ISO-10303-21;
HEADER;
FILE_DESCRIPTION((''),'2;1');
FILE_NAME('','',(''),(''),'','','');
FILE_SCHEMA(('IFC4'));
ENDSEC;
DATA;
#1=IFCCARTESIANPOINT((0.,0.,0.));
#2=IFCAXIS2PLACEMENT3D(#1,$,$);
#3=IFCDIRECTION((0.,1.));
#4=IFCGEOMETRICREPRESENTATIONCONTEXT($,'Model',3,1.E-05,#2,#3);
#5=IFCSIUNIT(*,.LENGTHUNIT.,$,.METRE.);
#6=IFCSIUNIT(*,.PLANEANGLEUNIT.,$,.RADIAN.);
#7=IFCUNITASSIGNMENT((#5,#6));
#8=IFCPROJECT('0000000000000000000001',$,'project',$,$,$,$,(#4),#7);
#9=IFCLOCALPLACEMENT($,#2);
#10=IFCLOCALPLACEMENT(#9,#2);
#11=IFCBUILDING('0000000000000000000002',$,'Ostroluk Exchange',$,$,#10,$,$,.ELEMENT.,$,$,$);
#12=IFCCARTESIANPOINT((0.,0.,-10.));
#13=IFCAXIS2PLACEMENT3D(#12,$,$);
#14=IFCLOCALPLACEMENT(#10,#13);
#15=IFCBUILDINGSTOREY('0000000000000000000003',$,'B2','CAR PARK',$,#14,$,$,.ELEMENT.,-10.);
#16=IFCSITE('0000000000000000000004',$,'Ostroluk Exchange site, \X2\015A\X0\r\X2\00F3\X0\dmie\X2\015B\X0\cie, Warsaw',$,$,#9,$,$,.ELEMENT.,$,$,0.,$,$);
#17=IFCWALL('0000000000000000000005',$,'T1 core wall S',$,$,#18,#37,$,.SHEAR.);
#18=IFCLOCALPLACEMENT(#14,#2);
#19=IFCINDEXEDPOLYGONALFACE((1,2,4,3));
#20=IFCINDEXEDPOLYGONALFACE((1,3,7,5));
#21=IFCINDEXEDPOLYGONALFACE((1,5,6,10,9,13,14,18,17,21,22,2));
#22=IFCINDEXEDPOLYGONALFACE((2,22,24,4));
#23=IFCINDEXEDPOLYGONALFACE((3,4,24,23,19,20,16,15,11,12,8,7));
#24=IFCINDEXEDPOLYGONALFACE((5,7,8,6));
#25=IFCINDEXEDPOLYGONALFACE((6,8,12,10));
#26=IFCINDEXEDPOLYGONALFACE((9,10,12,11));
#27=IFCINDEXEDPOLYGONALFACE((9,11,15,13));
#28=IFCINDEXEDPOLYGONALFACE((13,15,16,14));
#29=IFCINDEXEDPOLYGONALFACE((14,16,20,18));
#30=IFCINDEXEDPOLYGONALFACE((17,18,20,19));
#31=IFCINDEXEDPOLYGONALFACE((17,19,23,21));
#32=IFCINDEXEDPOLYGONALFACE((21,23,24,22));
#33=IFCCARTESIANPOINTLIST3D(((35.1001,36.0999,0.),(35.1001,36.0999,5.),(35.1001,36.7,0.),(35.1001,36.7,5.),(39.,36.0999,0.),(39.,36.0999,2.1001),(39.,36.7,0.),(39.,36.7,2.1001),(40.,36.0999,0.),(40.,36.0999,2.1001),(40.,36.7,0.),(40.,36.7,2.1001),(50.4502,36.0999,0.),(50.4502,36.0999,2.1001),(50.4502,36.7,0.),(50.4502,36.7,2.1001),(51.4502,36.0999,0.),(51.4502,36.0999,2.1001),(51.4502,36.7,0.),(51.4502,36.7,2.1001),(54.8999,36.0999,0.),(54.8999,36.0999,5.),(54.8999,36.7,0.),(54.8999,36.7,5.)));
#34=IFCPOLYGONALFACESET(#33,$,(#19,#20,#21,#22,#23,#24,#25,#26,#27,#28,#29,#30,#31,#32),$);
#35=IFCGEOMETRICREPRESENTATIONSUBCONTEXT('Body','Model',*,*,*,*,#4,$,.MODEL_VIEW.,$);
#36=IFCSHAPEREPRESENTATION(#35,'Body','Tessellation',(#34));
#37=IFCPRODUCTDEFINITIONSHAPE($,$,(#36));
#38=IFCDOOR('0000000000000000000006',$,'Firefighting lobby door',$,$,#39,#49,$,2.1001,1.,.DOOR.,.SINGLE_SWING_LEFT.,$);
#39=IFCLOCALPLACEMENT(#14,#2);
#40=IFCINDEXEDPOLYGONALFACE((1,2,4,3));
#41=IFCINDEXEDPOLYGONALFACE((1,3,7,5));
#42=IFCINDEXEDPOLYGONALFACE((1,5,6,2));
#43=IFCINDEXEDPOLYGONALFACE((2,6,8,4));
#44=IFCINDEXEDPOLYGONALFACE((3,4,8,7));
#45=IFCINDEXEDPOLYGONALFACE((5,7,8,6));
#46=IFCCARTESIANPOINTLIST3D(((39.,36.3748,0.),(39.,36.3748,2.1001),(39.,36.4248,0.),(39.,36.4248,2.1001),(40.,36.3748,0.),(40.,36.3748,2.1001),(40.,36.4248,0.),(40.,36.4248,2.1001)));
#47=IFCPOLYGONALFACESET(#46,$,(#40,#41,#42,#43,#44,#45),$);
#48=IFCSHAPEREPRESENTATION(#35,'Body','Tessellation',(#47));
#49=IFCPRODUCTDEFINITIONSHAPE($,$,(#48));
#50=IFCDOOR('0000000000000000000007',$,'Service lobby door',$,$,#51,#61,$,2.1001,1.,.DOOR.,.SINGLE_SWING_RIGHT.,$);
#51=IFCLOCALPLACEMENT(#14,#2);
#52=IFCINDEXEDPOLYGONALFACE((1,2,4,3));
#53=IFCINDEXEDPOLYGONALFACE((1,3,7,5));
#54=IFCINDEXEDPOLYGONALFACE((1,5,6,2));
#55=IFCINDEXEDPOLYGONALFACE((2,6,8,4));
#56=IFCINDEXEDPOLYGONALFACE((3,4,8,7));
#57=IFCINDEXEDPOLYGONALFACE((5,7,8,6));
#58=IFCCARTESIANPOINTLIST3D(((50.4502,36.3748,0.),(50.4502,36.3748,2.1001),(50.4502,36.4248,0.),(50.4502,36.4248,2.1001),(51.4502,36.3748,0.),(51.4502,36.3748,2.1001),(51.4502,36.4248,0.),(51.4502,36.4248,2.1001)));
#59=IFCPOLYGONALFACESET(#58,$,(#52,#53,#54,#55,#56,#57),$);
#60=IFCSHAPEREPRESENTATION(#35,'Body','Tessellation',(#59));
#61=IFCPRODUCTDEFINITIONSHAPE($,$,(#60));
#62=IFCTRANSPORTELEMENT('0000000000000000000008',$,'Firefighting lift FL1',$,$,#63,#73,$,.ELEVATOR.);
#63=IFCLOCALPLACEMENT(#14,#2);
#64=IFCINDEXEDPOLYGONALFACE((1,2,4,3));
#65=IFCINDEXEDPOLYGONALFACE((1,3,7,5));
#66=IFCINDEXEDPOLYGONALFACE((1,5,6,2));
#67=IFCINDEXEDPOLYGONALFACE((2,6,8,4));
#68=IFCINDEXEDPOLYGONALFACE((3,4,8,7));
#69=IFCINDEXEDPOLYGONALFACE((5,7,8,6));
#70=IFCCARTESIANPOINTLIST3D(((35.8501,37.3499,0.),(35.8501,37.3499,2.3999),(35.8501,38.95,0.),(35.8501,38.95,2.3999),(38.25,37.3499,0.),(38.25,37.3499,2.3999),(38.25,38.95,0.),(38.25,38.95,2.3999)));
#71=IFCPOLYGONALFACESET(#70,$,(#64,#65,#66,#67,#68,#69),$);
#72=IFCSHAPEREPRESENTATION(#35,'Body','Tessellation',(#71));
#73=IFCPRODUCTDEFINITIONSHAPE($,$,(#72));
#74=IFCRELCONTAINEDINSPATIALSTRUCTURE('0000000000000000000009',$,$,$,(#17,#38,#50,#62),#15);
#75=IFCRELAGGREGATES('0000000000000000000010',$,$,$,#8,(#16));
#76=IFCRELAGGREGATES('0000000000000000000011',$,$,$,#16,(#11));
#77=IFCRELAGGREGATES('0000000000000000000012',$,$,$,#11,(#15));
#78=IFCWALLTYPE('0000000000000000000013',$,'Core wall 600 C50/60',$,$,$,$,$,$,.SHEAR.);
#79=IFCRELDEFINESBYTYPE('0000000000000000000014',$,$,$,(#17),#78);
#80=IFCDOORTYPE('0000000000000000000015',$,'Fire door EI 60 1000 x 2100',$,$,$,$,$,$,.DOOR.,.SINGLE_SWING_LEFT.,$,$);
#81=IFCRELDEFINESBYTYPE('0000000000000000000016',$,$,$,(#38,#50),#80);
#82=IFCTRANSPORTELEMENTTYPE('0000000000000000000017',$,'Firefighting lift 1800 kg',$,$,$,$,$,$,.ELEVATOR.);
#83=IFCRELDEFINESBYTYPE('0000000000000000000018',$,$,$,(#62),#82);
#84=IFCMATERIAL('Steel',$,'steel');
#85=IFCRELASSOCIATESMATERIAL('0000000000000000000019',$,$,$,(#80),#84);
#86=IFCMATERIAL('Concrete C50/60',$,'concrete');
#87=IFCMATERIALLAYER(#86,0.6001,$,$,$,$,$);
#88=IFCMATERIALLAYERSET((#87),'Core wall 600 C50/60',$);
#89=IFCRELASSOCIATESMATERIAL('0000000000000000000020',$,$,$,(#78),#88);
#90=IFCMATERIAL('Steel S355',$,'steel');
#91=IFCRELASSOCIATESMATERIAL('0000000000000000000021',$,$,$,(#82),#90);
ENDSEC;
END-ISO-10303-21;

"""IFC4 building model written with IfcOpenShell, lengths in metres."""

from ifc_helpers import new_model, si_unit, direction, frame, frame_2d, origin, origin_2d, place, context, subcontext, project, spatial, rectangle, extrude, material, layer, layer_set, type_object, element, fill, save


model = new_model("IFC4")

# Units and contexts
model_context = context("Model", 3, precision=1e-05, world=origin(), true_north=direction((0.0, 1.0)))
body_context = subcontext(model_context, "Body", "Model", "MODEL_VIEW")
ifc_project = project(units=[si_unit("LENGTHUNIT", "METRE"), si_unit("PLANEANGLEUNIT", "RADIAN")], contexts=[model_context])

# Site, building, storey
site_placement = place(None, origin())
site = spatial("IfcSite", under=ifc_project, at=site_placement, Name="Ostroluk Exchange site, Śródmieście, Warsaw", CompositionType="ELEMENT", RefElevation=0.0)
building_placement = place(site_placement, origin())
building = spatial("IfcBuilding", under=site, at=building_placement, Name="Ostroluk Exchange", CompositionType="ELEMENT")
storey_placement = place(building_placement, frame((0.0, 0.0, -10.0)))
storey = spatial("IfcBuildingStorey", under=building, at=storey_placement, Name="B2", Description="CAR PARK", CompositionType="ELEMENT", Elevation=-10.0)

# Shared definitions
ifc_material_1 = material(Name="Steel", Category="steel")
door_type_1 = type_object("IfcDoorType", Name="Fire door EI 60 1000 x 2100", OperationType="SINGLE_SWING_LEFT", PredefinedType="DOOR", material=ifc_material_1)

# Wall, openings, doors
ifc_material_2 = material(Name="Concrete C50/60", Category="concrete")
ifc_layer_1 = layer(ifc_material_2, 0.6001)
ifc_layer_set_1 = layer_set([ifc_layer_1], Name="Core wall 600 C50/60")
wall_type_1 = type_object("IfcWallType", Name="Core wall 600 C50/60", PredefinedType="SHEAR", material=ifc_layer_set_1)
wall_1_placement = place(storey_placement, frame((35.1001, 36.3999, 0.0), z_axis=(0.0, 0.0, 1.0), x_axis=(1.0, 0.0, 0.0)))
wall_1 = element("IfcWall", 1, at=wall_1_placement, inside=storey, type_object=wall_type_1, Name="T1 core wall S", PredefinedType="SHEAR", context=body_context, shape_type="SweptSolid", body=[
    extrude(rectangle(XDim=19.7998, YDim=0.6001, at=frame_2d((9.8999, 0.0))), origin(), (0.0, 0.0, 1.0), 5.0),
])
opening_1_placement = place(wall_1_placement, frame((3.8999, 0.0, 0.0)))
opening_1 = element("IfcOpeningElement", 2, at=opening_1_placement, cuts=wall_1, PredefinedType="OPENING", context=body_context, shape_type="SweptSolid", body=[
    extrude(rectangle(XDim=1.0, YDim=2.1001, at=frame_2d((0.5, 1.05))), frame((0.0, 0.3101, 0.0), z_axis=(0.0, -1.0, 0.0), x_axis=(1.0, 0.0, 0.0)), (0.0, 0.0, 1.0), 0.6201),
])
opening_2_placement = place(wall_1_placement, frame((15.3501, 0.0, 0.0)))
opening_2 = element("IfcOpeningElement", 3, at=opening_2_placement, cuts=wall_1, PredefinedType="OPENING", context=body_context, shape_type="SweptSolid", body=[
    extrude(rectangle(XDim=1.0, YDim=2.1001, at=frame_2d((0.5, 1.05))), frame((0.0, 0.3101, 0.0), z_axis=(0.0, -1.0, 0.0), x_axis=(1.0, 0.0, 0.0)), (0.0, 0.0, 1.0), 0.6201),
])
door_1_placement = place(opening_1_placement, origin())
door_1 = element("IfcDoor", 4, at=door_1_placement, inside=storey, type_object=door_type_1, Name="Firefighting lobby door", OperationType="SINGLE_SWING_LEFT", OverallHeight=2.1001, OverallWidth=1.0, PredefinedType="DOOR", context=body_context, shape_type="SweptSolid", body=[
    extrude(rectangle(XDim=1.0, YDim=2.1001, at=frame_2d((0.5, 1.05))), frame((0.0, 0.0249, 0.0), z_axis=(0.0, -1.0, 0.0), x_axis=(1.0, 0.0, 0.0)), (0.0, 0.0, 1.0), 0.05),
])
fill(opening_1, door_1)
door_2_placement = place(opening_2_placement, origin())
door_2 = element("IfcDoor", 5, at=door_2_placement, inside=storey, type_object=door_type_1, Name="Service lobby door", OperationType="SINGLE_SWING_RIGHT", OverallHeight=2.1001, OverallWidth=1.0, PredefinedType="DOOR", context=body_context, shape_type="SweptSolid", body=[
    extrude(rectangle(XDim=1.0, YDim=2.1001, at=frame_2d((0.5, 1.05))), frame((0.0, 0.0249, 0.0), z_axis=(0.0, -1.0, 0.0), x_axis=(1.0, 0.0, 0.0)), (0.0, 0.0, 1.0), 0.05),
])
fill(opening_2, door_2)

# Transport element
ifc_material_3 = material(Name="Steel S355", Category="steel")
transport_element_type = type_object("IfcTransportElementType", Name="Firefighting lift 1800 kg", PredefinedType="ELEVATOR", material=ifc_material_3)
transport_element_placement = place(storey_placement, frame((37.05, 38.1499, 0.0), z_axis=(0.0, 0.0, 1.0), x_axis=(1.0, 0.0, 0.0)))
element("IfcTransportElement", 6, at=transport_element_placement, inside=storey, type_object=transport_element_type, Name="Firefighting lift FL1", PredefinedType="ELEVATOR", context=body_context, shape_type="SweptSolid", body=[
    extrude(rectangle(XDim=2.3999, YDim=1.6001, at=origin_2d()), origin(), (0.0, 0.0, 1.0), 2.3999),
])

save(model, "model.ifc")
